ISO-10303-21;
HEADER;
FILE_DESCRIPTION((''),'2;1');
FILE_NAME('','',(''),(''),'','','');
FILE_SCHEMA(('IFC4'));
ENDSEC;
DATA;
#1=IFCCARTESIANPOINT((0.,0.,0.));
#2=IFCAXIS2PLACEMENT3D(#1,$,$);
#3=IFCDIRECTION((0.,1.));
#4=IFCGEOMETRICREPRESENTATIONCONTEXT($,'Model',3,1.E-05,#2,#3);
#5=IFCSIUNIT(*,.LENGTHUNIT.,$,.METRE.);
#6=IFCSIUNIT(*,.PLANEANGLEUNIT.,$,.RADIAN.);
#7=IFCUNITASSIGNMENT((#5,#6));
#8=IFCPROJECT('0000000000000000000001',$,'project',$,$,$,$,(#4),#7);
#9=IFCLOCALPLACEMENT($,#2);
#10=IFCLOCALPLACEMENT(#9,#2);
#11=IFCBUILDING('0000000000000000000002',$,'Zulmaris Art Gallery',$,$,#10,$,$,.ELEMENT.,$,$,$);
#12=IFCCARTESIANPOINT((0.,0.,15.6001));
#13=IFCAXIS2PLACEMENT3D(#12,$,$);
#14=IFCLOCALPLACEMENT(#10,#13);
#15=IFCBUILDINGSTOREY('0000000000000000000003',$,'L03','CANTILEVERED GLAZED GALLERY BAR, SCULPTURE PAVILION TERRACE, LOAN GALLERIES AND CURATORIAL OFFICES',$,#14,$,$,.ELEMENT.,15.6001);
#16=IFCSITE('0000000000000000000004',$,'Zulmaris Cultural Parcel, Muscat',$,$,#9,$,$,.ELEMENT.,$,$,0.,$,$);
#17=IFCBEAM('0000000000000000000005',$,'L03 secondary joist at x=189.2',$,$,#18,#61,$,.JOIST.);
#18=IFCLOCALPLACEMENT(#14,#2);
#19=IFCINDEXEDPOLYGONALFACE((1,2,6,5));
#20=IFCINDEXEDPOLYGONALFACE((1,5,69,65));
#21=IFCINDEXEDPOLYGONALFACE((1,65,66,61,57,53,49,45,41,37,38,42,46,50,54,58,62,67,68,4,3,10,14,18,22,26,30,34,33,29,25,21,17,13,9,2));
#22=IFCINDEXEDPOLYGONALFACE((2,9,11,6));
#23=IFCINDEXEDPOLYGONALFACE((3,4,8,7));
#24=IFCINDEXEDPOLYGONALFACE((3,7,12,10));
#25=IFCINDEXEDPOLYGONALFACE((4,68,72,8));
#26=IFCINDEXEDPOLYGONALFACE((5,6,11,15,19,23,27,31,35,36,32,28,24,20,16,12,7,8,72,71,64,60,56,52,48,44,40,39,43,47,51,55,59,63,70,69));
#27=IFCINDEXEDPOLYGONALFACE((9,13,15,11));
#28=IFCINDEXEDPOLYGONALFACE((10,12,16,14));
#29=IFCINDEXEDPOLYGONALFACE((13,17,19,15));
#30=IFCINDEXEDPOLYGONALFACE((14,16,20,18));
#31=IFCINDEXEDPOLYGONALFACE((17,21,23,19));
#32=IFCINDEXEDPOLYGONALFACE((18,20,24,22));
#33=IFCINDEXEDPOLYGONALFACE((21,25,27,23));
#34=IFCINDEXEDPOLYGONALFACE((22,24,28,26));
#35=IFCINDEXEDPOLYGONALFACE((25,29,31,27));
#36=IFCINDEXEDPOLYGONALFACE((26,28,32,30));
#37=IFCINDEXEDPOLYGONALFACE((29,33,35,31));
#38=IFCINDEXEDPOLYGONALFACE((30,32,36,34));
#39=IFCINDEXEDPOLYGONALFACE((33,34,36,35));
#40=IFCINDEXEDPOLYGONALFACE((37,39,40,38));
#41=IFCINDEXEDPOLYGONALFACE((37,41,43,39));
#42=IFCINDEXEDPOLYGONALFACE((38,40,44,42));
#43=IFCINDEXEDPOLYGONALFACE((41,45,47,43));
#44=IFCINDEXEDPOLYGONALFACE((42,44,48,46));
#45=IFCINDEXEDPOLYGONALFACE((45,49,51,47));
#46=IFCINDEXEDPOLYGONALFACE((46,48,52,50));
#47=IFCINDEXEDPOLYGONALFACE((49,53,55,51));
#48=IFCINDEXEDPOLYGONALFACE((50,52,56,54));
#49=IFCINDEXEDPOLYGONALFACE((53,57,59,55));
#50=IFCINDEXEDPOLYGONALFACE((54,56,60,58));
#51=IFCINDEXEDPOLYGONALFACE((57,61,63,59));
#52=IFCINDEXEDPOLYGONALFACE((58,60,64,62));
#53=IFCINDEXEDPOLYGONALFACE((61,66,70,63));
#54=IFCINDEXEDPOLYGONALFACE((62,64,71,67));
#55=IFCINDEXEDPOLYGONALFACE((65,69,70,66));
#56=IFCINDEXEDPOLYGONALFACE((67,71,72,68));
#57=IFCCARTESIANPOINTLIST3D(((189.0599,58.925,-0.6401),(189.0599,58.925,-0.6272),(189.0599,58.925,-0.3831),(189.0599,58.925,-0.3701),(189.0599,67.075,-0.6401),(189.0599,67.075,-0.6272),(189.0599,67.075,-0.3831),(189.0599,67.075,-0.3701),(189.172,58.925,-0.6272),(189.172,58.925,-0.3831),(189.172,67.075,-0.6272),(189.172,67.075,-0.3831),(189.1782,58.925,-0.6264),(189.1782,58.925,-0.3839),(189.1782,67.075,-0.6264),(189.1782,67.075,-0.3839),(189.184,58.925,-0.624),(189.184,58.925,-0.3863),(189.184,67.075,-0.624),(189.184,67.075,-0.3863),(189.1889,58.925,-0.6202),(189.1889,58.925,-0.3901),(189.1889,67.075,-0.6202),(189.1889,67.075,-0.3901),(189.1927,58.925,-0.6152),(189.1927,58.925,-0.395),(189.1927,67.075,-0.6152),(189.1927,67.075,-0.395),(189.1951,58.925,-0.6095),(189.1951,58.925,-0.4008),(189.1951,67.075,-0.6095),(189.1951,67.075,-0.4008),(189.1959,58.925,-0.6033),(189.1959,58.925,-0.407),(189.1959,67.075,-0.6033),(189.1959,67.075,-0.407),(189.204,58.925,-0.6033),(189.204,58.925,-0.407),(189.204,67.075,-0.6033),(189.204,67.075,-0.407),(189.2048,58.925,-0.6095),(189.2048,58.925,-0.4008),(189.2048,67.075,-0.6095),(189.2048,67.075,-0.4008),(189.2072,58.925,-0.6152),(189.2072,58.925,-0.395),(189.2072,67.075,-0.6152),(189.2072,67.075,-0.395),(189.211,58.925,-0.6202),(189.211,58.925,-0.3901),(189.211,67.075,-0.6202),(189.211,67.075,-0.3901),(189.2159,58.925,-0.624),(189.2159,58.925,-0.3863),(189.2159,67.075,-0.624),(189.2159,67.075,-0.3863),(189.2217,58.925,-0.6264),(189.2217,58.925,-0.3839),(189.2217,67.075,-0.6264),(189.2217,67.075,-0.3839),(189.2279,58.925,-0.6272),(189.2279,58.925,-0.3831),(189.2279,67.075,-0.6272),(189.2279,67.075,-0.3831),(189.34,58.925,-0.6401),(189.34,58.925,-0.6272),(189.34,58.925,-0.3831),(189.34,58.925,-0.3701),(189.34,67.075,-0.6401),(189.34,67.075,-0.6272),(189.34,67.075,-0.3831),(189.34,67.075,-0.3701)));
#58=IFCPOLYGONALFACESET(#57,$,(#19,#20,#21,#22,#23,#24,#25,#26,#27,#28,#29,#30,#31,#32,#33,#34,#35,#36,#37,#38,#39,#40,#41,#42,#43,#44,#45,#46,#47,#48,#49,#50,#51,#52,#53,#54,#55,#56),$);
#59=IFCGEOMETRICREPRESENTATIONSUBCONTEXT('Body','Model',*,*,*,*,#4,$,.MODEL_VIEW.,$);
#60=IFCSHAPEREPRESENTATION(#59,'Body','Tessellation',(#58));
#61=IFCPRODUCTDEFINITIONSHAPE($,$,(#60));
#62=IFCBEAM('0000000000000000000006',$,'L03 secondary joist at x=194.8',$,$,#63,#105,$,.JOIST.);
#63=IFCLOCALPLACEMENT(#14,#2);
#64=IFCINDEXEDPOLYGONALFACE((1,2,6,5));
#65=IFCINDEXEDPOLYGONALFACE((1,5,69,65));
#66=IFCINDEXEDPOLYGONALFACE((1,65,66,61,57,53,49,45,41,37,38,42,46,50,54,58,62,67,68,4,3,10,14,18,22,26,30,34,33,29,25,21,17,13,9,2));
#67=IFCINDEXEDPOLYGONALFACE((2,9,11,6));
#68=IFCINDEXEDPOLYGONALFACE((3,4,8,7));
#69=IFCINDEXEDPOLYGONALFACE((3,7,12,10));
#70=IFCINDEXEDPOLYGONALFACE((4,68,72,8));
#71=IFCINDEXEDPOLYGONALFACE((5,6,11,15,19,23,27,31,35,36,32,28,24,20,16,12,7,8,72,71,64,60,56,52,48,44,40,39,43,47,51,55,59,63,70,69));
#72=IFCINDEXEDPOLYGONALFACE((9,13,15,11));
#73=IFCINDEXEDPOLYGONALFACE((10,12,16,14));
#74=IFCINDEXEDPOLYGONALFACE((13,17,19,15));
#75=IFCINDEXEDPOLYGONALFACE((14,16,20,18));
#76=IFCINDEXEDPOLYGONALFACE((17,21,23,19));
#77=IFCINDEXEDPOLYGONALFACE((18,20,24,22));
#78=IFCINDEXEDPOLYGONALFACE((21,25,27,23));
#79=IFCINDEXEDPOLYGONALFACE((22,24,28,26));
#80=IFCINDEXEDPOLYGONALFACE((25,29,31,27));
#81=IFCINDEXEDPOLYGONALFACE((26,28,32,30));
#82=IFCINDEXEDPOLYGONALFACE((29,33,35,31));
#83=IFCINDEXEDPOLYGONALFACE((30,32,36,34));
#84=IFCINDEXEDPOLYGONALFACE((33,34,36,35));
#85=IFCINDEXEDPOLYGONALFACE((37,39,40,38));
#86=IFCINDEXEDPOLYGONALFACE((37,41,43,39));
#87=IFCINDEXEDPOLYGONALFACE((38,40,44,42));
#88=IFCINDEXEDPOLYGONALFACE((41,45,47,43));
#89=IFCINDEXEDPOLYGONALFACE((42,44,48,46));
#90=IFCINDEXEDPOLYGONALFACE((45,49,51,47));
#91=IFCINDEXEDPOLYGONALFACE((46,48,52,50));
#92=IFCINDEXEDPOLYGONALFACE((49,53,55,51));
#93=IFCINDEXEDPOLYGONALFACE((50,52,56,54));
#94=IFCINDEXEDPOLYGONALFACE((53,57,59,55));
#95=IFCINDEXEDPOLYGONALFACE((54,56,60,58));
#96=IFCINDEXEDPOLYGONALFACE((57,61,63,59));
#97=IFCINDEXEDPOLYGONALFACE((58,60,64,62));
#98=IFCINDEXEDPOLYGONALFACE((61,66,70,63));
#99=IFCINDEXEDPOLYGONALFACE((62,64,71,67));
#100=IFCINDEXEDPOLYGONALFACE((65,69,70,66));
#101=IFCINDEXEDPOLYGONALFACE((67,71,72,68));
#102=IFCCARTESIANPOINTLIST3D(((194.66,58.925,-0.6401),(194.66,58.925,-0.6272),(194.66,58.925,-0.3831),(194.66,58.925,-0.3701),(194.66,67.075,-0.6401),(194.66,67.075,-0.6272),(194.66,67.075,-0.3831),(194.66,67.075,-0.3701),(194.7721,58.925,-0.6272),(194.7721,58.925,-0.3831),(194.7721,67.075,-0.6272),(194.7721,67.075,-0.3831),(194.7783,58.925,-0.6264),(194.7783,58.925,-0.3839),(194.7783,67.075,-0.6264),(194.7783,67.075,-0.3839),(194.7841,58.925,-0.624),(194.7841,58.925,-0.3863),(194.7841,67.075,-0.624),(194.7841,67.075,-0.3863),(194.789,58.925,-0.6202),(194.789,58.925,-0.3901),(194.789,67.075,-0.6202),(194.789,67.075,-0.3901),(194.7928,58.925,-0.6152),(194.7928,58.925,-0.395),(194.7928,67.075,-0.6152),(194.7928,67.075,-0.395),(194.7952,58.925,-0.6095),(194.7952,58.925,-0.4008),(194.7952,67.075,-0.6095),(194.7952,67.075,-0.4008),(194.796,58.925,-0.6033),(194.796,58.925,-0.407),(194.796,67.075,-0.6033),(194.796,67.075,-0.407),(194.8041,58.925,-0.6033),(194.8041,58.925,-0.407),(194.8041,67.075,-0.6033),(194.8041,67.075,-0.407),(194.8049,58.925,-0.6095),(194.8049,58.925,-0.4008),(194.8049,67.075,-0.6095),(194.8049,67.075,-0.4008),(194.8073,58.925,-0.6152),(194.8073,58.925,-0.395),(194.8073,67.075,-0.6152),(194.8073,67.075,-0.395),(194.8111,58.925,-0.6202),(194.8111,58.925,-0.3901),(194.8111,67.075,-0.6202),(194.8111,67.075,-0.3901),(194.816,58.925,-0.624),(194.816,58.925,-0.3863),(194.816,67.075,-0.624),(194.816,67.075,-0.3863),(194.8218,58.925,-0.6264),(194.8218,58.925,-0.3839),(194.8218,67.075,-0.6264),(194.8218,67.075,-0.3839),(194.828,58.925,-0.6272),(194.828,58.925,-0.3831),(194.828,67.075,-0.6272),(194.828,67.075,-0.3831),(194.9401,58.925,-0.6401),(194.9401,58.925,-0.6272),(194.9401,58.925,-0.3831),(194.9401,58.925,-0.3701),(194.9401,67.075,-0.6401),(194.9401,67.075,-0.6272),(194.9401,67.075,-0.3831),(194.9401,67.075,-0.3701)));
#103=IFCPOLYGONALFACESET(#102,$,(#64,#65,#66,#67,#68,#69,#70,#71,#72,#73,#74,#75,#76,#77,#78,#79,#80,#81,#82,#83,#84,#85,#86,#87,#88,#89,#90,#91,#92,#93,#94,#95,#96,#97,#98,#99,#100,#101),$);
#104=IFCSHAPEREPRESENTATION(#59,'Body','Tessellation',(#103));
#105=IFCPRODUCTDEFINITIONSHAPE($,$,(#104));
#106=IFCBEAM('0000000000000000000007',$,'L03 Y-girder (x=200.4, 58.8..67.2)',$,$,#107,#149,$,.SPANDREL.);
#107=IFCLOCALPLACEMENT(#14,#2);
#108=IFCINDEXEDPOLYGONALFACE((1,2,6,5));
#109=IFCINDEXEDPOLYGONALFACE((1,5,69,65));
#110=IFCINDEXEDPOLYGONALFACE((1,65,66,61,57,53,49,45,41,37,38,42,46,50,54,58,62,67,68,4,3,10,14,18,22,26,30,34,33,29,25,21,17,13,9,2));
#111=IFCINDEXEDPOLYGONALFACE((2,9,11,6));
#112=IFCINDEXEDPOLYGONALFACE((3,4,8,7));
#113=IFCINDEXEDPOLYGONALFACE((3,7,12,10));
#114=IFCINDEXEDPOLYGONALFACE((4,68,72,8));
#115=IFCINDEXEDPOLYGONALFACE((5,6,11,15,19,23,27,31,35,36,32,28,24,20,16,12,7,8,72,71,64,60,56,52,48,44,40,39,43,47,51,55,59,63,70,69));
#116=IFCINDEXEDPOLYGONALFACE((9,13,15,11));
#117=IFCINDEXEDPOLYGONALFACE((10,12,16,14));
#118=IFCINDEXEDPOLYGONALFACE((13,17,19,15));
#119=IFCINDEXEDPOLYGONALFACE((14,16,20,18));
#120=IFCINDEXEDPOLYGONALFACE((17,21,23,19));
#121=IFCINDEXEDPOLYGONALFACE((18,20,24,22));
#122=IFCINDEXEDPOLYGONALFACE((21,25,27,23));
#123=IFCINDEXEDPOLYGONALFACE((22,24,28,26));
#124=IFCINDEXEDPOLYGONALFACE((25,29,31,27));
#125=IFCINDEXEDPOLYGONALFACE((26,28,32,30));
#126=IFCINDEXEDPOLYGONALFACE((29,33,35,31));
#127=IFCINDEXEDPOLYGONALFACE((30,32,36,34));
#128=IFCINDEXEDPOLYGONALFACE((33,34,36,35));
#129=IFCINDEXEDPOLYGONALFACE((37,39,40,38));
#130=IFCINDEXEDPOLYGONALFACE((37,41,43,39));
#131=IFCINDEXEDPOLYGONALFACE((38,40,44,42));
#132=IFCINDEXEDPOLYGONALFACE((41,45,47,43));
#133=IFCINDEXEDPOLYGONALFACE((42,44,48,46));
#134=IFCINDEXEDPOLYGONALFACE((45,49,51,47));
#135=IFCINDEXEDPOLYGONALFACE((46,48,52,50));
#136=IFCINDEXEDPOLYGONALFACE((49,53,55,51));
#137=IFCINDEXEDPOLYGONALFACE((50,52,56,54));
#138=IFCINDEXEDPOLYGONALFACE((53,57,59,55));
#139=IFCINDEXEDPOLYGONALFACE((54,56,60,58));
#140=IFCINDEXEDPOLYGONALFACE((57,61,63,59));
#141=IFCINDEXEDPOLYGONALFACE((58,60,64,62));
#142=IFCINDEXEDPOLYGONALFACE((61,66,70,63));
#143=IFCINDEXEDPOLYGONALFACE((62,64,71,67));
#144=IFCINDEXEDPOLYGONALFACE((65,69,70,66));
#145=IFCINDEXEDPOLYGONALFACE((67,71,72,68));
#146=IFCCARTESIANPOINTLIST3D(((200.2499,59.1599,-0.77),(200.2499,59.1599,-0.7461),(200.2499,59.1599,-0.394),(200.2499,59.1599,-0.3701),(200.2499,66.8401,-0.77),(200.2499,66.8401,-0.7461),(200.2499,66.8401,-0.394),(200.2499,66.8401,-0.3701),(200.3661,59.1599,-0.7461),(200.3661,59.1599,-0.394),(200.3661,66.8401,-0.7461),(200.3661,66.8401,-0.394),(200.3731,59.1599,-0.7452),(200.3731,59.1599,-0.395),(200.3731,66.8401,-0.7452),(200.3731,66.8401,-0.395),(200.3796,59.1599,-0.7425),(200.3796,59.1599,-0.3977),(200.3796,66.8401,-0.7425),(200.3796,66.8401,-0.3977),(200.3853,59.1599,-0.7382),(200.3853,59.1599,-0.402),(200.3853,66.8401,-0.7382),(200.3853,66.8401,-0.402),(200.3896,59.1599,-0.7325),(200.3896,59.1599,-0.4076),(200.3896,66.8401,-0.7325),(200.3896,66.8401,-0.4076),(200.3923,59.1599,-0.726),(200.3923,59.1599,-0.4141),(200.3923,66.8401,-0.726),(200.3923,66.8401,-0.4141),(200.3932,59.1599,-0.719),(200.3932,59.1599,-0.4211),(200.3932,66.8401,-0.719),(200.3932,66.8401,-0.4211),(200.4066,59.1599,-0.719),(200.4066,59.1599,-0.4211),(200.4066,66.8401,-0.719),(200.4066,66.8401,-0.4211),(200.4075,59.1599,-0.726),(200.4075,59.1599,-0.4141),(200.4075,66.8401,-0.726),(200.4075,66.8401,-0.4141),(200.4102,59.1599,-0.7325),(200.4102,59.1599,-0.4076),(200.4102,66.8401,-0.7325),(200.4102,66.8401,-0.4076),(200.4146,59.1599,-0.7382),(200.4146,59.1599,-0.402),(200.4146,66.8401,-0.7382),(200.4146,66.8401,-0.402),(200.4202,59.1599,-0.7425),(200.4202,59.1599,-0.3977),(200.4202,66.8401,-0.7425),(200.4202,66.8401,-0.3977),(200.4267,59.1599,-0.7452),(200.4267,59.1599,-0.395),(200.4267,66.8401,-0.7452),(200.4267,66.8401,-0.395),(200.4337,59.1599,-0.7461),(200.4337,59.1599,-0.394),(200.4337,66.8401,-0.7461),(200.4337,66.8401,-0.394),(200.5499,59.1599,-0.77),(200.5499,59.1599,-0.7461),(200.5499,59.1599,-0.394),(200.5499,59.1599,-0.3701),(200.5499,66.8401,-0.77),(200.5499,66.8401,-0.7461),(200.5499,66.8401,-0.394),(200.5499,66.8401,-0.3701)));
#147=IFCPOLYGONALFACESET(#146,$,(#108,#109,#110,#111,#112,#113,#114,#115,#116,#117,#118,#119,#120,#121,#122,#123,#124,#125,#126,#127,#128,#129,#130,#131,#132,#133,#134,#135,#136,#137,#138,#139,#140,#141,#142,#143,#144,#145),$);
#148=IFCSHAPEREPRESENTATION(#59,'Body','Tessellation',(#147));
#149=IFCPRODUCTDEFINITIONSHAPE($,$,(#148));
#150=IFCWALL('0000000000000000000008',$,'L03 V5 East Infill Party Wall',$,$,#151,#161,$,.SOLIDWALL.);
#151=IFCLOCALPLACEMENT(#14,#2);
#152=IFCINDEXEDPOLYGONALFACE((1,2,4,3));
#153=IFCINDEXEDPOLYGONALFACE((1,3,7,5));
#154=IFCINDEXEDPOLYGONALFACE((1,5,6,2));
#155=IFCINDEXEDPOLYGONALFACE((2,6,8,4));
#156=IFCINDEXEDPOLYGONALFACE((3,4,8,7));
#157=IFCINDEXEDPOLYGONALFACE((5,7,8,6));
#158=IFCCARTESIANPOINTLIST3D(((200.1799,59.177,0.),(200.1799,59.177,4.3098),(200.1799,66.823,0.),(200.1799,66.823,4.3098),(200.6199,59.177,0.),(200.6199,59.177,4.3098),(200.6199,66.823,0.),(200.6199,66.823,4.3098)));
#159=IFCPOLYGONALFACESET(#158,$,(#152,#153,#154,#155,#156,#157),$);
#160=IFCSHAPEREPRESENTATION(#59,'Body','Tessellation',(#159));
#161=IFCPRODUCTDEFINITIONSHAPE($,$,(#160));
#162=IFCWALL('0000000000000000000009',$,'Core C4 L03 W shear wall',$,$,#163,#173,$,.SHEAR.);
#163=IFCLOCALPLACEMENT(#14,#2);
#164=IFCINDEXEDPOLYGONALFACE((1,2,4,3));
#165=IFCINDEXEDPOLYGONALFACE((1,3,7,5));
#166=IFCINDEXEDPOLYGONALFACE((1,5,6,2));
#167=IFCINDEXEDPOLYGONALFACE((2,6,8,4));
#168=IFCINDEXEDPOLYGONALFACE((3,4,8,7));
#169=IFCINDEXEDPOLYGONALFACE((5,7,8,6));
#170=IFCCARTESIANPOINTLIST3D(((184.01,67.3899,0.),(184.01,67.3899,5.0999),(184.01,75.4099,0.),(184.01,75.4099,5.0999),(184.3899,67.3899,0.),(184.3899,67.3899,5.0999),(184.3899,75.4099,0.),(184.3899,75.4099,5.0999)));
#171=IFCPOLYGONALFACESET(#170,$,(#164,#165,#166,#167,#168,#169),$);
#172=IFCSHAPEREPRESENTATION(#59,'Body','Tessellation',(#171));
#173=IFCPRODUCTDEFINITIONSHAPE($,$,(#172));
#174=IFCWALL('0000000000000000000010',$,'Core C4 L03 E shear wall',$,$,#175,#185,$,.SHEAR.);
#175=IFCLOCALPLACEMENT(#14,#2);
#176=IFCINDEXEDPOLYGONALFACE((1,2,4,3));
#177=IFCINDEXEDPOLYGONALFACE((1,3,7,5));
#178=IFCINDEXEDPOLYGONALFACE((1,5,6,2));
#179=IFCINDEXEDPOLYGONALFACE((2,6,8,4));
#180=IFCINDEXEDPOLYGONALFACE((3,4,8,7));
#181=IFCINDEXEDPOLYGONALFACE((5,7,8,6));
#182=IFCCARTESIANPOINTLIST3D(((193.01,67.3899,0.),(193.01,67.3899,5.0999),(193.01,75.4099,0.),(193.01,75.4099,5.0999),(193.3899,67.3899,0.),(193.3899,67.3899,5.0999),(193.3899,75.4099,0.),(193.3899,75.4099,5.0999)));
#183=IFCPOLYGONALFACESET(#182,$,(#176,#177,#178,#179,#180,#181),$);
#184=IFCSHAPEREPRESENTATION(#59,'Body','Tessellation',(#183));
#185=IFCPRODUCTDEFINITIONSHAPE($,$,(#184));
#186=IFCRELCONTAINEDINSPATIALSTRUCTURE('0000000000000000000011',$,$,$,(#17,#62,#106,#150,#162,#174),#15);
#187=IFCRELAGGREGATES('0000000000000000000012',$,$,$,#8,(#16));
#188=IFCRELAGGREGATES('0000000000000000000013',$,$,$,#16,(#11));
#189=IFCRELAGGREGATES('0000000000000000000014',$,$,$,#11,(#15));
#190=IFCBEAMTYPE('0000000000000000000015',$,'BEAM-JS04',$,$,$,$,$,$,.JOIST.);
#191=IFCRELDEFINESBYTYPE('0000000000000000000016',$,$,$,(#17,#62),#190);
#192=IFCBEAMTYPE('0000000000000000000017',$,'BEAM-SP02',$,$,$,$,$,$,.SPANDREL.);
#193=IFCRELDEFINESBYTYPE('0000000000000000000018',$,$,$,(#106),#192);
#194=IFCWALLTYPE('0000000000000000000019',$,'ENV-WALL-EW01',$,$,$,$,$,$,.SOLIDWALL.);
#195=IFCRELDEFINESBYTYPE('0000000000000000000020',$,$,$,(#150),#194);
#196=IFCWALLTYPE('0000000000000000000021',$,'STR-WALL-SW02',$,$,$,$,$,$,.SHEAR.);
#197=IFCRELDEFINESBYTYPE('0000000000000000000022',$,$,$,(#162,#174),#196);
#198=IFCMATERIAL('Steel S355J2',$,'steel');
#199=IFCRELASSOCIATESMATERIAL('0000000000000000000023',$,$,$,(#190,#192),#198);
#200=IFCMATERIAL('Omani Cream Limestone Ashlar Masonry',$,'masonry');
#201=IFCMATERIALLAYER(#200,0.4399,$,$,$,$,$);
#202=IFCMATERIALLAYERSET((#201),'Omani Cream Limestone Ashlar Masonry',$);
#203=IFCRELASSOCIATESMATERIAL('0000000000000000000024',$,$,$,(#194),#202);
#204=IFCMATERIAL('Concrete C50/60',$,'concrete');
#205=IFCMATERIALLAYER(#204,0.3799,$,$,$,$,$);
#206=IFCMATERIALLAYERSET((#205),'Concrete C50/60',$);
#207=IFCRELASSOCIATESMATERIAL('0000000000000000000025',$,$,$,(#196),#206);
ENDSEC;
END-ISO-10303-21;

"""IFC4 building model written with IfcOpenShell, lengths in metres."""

from ifc_helpers import new_model, si_unit, direction, frame, frame_2d, origin, origin_2d, place, context, subcontext, project, spatial, rectangle, i_section, extrude, material, layer, layer_set, material_profile, profile_set, type_object, element, save


model = new_model("IFC4")

# Units and contexts
model_context = context("Model", 3, precision=1e-05, world=origin(), true_north=direction((0.0, 1.0)))
body_context = subcontext(model_context, "Body", "Model", "MODEL_VIEW")
ifc_project = project(units=[si_unit("LENGTHUNIT", "METRE"), si_unit("PLANEANGLEUNIT", "RADIAN")], contexts=[model_context])

# Site, building, storey
site_placement = place(None, origin())
site = spatial("IfcSite", under=ifc_project, at=site_placement, Name="Zulmaris Cultural Parcel, Muscat", CompositionType="ELEMENT", RefElevation=0.0)
building_placement = place(site_placement, origin())
building = spatial("IfcBuilding", under=site, at=building_placement, Name="Zulmaris Art Gallery", CompositionType="ELEMENT")
storey_placement = place(building_placement, frame((0.0, 0.0, 15.6001)))
storey = spatial("IfcBuildingStorey", under=building, at=storey_placement, Name="L03", Description="CANTILEVERED GLAZED GALLERY BAR, SCULPTURE PAVILION TERRACE, LOAN GALLERIES AND CURATORIAL OFFICES", CompositionType="ELEMENT", Elevation=15.6001)

# Beams
ifc_material_1 = material(Name="Steel S355J2", Category="steel")
ifc_material_profile_1 = material_profile(ifc_material_1, i_section(OverallWidth=0.28, OverallDepth=0.27, WebThickness=0.0081, FlangeThickness=0.0129, FilletRadius=0.0239, at=origin_2d()), Name="HEA 280")
ifc_profile_set_1 = profile_set([ifc_material_profile_1], Name="Steel S355J2")
beam_type_1 = type_object("IfcBeamType", Name="BEAM-JS04", PredefinedType="JOIST", material=ifc_profile_set_1)
for number, where, z_axis, x_axis, name in (
    (1, (189.2, 58.925, -0.5051), (0.0, 1.0, 0.0), (-1.0, 0.0, 0.0), "L03 secondary joist at x=189.2"),
    (2, (194.8, 58.925, -0.5051), (0.0, 1.0, 0.0), (-1.0, 0.0, 0.0), "L03 secondary joist at x=194.8"),
):
    element("IfcBeam", number, at=place(storey_placement, frame(where, z_axis=z_axis, x_axis=x_axis)), inside=storey, type_object=beam_type_1, Name=name, PredefinedType="JOIST", context=body_context, shape_type="SweptSolid", body=[
        extrude(i_section(OverallWidth=0.28, OverallDepth=0.27, WebThickness=0.0081, FlangeThickness=0.0129, FilletRadius=0.0239, at=origin_2d()), origin(), (0.0, 0.0, 1.0), 8.1499),
    ])
ifc_material_profile_2 = material_profile(ifc_material_1, i_section(OverallWidth=0.3, OverallDepth=0.3999, WebThickness=0.0134, FlangeThickness=0.0239, FilletRadius=0.0271, at=origin_2d()), Name="HEB 400")
ifc_profile_set_2 = profile_set([ifc_material_profile_2], Name="Steel S355J2")
beam_type_2 = type_object("IfcBeamType", Name="BEAM-SP02", PredefinedType="SPANDREL", material=ifc_profile_set_2)
beam_1_placement = place(storey_placement, frame((200.3999, 59.1599, -0.5701), z_axis=(0.0, 1.0, 0.0), x_axis=(-1.0, 0.0, 0.0)))
element("IfcBeam", 3, at=beam_1_placement, inside=storey, type_object=beam_type_2, Name="L03 Y-girder (x=200.4, 58.8..67.2)", PredefinedType="SPANDREL", context=body_context, shape_type="SweptSolid", body=[
    extrude(i_section(OverallWidth=0.3, OverallDepth=0.3999, WebThickness=0.0134, FlangeThickness=0.0239, FilletRadius=0.0271, at=origin_2d()), origin(), (0.0, 0.0, 1.0), 7.6802),
])

# Walls
ifc_material_2 = material(Name="Omani Cream Limestone Ashlar Masonry", Category="masonry")
ifc_layer_1 = layer(ifc_material_2, 0.4399)
ifc_layer_set_1 = layer_set([ifc_layer_1], Name="Omani Cream Limestone Ashlar Masonry")
wall_type_1 = type_object("IfcWallType", Name="ENV-WALL-EW01", PredefinedType="SOLIDWALL", material=ifc_layer_set_1)
wall_placement = place(storey_placement, frame((200.3999, 59.177, 0.0), z_axis=(0.0, 0.0, 1.0), x_axis=(0.0, 1.0, 0.0)))
element("IfcWall", 4, at=wall_placement, inside=storey, type_object=wall_type_1, Name="L03 V5 East Infill Party Wall", PredefinedType="SOLIDWALL", context=body_context, shape_type="SweptSolid", body=[
    extrude(rectangle(XDim=7.646, YDim=0.4399, at=frame_2d((3.823, 0.0))), origin(), (0.0, 0.0, 1.0), 4.3098),
])
ifc_material_3 = material(Name="Concrete C50/60", Category="concrete")
ifc_layer_2 = layer(ifc_material_3, 0.3799)
ifc_layer_set_2 = layer_set([ifc_layer_2], Name="Concrete C50/60")
wall_type_2 = type_object("IfcWallType", Name="STR-WALL-SW02", PredefinedType="SHEAR", material=ifc_layer_set_2)
for number, where, z_axis, x_axis, name in (
    (5, (184.2, 67.3899, 0.0), (0.0, 0.0, 1.0), (0.0, 1.0, 0.0), "Core C4 L03 W shear wall"),
    (6, (193.2, 67.3899, 0.0), (0.0, 0.0, 1.0), (0.0, 1.0, 0.0), "Core C4 L03 E shear wall"),
):
    element("IfcWall", number, at=place(storey_placement, frame(where, z_axis=z_axis, x_axis=x_axis)), inside=storey, type_object=wall_type_2, Name=name, PredefinedType="SHEAR", context=body_context, shape_type="SweptSolid", body=[
        extrude(rectangle(XDim=8.02, YDim=0.3799, at=frame_2d((4.01, 0.0))), origin(), (0.0, 0.0, 1.0), 5.0999),
    ])

save(model, "model.ifc")
